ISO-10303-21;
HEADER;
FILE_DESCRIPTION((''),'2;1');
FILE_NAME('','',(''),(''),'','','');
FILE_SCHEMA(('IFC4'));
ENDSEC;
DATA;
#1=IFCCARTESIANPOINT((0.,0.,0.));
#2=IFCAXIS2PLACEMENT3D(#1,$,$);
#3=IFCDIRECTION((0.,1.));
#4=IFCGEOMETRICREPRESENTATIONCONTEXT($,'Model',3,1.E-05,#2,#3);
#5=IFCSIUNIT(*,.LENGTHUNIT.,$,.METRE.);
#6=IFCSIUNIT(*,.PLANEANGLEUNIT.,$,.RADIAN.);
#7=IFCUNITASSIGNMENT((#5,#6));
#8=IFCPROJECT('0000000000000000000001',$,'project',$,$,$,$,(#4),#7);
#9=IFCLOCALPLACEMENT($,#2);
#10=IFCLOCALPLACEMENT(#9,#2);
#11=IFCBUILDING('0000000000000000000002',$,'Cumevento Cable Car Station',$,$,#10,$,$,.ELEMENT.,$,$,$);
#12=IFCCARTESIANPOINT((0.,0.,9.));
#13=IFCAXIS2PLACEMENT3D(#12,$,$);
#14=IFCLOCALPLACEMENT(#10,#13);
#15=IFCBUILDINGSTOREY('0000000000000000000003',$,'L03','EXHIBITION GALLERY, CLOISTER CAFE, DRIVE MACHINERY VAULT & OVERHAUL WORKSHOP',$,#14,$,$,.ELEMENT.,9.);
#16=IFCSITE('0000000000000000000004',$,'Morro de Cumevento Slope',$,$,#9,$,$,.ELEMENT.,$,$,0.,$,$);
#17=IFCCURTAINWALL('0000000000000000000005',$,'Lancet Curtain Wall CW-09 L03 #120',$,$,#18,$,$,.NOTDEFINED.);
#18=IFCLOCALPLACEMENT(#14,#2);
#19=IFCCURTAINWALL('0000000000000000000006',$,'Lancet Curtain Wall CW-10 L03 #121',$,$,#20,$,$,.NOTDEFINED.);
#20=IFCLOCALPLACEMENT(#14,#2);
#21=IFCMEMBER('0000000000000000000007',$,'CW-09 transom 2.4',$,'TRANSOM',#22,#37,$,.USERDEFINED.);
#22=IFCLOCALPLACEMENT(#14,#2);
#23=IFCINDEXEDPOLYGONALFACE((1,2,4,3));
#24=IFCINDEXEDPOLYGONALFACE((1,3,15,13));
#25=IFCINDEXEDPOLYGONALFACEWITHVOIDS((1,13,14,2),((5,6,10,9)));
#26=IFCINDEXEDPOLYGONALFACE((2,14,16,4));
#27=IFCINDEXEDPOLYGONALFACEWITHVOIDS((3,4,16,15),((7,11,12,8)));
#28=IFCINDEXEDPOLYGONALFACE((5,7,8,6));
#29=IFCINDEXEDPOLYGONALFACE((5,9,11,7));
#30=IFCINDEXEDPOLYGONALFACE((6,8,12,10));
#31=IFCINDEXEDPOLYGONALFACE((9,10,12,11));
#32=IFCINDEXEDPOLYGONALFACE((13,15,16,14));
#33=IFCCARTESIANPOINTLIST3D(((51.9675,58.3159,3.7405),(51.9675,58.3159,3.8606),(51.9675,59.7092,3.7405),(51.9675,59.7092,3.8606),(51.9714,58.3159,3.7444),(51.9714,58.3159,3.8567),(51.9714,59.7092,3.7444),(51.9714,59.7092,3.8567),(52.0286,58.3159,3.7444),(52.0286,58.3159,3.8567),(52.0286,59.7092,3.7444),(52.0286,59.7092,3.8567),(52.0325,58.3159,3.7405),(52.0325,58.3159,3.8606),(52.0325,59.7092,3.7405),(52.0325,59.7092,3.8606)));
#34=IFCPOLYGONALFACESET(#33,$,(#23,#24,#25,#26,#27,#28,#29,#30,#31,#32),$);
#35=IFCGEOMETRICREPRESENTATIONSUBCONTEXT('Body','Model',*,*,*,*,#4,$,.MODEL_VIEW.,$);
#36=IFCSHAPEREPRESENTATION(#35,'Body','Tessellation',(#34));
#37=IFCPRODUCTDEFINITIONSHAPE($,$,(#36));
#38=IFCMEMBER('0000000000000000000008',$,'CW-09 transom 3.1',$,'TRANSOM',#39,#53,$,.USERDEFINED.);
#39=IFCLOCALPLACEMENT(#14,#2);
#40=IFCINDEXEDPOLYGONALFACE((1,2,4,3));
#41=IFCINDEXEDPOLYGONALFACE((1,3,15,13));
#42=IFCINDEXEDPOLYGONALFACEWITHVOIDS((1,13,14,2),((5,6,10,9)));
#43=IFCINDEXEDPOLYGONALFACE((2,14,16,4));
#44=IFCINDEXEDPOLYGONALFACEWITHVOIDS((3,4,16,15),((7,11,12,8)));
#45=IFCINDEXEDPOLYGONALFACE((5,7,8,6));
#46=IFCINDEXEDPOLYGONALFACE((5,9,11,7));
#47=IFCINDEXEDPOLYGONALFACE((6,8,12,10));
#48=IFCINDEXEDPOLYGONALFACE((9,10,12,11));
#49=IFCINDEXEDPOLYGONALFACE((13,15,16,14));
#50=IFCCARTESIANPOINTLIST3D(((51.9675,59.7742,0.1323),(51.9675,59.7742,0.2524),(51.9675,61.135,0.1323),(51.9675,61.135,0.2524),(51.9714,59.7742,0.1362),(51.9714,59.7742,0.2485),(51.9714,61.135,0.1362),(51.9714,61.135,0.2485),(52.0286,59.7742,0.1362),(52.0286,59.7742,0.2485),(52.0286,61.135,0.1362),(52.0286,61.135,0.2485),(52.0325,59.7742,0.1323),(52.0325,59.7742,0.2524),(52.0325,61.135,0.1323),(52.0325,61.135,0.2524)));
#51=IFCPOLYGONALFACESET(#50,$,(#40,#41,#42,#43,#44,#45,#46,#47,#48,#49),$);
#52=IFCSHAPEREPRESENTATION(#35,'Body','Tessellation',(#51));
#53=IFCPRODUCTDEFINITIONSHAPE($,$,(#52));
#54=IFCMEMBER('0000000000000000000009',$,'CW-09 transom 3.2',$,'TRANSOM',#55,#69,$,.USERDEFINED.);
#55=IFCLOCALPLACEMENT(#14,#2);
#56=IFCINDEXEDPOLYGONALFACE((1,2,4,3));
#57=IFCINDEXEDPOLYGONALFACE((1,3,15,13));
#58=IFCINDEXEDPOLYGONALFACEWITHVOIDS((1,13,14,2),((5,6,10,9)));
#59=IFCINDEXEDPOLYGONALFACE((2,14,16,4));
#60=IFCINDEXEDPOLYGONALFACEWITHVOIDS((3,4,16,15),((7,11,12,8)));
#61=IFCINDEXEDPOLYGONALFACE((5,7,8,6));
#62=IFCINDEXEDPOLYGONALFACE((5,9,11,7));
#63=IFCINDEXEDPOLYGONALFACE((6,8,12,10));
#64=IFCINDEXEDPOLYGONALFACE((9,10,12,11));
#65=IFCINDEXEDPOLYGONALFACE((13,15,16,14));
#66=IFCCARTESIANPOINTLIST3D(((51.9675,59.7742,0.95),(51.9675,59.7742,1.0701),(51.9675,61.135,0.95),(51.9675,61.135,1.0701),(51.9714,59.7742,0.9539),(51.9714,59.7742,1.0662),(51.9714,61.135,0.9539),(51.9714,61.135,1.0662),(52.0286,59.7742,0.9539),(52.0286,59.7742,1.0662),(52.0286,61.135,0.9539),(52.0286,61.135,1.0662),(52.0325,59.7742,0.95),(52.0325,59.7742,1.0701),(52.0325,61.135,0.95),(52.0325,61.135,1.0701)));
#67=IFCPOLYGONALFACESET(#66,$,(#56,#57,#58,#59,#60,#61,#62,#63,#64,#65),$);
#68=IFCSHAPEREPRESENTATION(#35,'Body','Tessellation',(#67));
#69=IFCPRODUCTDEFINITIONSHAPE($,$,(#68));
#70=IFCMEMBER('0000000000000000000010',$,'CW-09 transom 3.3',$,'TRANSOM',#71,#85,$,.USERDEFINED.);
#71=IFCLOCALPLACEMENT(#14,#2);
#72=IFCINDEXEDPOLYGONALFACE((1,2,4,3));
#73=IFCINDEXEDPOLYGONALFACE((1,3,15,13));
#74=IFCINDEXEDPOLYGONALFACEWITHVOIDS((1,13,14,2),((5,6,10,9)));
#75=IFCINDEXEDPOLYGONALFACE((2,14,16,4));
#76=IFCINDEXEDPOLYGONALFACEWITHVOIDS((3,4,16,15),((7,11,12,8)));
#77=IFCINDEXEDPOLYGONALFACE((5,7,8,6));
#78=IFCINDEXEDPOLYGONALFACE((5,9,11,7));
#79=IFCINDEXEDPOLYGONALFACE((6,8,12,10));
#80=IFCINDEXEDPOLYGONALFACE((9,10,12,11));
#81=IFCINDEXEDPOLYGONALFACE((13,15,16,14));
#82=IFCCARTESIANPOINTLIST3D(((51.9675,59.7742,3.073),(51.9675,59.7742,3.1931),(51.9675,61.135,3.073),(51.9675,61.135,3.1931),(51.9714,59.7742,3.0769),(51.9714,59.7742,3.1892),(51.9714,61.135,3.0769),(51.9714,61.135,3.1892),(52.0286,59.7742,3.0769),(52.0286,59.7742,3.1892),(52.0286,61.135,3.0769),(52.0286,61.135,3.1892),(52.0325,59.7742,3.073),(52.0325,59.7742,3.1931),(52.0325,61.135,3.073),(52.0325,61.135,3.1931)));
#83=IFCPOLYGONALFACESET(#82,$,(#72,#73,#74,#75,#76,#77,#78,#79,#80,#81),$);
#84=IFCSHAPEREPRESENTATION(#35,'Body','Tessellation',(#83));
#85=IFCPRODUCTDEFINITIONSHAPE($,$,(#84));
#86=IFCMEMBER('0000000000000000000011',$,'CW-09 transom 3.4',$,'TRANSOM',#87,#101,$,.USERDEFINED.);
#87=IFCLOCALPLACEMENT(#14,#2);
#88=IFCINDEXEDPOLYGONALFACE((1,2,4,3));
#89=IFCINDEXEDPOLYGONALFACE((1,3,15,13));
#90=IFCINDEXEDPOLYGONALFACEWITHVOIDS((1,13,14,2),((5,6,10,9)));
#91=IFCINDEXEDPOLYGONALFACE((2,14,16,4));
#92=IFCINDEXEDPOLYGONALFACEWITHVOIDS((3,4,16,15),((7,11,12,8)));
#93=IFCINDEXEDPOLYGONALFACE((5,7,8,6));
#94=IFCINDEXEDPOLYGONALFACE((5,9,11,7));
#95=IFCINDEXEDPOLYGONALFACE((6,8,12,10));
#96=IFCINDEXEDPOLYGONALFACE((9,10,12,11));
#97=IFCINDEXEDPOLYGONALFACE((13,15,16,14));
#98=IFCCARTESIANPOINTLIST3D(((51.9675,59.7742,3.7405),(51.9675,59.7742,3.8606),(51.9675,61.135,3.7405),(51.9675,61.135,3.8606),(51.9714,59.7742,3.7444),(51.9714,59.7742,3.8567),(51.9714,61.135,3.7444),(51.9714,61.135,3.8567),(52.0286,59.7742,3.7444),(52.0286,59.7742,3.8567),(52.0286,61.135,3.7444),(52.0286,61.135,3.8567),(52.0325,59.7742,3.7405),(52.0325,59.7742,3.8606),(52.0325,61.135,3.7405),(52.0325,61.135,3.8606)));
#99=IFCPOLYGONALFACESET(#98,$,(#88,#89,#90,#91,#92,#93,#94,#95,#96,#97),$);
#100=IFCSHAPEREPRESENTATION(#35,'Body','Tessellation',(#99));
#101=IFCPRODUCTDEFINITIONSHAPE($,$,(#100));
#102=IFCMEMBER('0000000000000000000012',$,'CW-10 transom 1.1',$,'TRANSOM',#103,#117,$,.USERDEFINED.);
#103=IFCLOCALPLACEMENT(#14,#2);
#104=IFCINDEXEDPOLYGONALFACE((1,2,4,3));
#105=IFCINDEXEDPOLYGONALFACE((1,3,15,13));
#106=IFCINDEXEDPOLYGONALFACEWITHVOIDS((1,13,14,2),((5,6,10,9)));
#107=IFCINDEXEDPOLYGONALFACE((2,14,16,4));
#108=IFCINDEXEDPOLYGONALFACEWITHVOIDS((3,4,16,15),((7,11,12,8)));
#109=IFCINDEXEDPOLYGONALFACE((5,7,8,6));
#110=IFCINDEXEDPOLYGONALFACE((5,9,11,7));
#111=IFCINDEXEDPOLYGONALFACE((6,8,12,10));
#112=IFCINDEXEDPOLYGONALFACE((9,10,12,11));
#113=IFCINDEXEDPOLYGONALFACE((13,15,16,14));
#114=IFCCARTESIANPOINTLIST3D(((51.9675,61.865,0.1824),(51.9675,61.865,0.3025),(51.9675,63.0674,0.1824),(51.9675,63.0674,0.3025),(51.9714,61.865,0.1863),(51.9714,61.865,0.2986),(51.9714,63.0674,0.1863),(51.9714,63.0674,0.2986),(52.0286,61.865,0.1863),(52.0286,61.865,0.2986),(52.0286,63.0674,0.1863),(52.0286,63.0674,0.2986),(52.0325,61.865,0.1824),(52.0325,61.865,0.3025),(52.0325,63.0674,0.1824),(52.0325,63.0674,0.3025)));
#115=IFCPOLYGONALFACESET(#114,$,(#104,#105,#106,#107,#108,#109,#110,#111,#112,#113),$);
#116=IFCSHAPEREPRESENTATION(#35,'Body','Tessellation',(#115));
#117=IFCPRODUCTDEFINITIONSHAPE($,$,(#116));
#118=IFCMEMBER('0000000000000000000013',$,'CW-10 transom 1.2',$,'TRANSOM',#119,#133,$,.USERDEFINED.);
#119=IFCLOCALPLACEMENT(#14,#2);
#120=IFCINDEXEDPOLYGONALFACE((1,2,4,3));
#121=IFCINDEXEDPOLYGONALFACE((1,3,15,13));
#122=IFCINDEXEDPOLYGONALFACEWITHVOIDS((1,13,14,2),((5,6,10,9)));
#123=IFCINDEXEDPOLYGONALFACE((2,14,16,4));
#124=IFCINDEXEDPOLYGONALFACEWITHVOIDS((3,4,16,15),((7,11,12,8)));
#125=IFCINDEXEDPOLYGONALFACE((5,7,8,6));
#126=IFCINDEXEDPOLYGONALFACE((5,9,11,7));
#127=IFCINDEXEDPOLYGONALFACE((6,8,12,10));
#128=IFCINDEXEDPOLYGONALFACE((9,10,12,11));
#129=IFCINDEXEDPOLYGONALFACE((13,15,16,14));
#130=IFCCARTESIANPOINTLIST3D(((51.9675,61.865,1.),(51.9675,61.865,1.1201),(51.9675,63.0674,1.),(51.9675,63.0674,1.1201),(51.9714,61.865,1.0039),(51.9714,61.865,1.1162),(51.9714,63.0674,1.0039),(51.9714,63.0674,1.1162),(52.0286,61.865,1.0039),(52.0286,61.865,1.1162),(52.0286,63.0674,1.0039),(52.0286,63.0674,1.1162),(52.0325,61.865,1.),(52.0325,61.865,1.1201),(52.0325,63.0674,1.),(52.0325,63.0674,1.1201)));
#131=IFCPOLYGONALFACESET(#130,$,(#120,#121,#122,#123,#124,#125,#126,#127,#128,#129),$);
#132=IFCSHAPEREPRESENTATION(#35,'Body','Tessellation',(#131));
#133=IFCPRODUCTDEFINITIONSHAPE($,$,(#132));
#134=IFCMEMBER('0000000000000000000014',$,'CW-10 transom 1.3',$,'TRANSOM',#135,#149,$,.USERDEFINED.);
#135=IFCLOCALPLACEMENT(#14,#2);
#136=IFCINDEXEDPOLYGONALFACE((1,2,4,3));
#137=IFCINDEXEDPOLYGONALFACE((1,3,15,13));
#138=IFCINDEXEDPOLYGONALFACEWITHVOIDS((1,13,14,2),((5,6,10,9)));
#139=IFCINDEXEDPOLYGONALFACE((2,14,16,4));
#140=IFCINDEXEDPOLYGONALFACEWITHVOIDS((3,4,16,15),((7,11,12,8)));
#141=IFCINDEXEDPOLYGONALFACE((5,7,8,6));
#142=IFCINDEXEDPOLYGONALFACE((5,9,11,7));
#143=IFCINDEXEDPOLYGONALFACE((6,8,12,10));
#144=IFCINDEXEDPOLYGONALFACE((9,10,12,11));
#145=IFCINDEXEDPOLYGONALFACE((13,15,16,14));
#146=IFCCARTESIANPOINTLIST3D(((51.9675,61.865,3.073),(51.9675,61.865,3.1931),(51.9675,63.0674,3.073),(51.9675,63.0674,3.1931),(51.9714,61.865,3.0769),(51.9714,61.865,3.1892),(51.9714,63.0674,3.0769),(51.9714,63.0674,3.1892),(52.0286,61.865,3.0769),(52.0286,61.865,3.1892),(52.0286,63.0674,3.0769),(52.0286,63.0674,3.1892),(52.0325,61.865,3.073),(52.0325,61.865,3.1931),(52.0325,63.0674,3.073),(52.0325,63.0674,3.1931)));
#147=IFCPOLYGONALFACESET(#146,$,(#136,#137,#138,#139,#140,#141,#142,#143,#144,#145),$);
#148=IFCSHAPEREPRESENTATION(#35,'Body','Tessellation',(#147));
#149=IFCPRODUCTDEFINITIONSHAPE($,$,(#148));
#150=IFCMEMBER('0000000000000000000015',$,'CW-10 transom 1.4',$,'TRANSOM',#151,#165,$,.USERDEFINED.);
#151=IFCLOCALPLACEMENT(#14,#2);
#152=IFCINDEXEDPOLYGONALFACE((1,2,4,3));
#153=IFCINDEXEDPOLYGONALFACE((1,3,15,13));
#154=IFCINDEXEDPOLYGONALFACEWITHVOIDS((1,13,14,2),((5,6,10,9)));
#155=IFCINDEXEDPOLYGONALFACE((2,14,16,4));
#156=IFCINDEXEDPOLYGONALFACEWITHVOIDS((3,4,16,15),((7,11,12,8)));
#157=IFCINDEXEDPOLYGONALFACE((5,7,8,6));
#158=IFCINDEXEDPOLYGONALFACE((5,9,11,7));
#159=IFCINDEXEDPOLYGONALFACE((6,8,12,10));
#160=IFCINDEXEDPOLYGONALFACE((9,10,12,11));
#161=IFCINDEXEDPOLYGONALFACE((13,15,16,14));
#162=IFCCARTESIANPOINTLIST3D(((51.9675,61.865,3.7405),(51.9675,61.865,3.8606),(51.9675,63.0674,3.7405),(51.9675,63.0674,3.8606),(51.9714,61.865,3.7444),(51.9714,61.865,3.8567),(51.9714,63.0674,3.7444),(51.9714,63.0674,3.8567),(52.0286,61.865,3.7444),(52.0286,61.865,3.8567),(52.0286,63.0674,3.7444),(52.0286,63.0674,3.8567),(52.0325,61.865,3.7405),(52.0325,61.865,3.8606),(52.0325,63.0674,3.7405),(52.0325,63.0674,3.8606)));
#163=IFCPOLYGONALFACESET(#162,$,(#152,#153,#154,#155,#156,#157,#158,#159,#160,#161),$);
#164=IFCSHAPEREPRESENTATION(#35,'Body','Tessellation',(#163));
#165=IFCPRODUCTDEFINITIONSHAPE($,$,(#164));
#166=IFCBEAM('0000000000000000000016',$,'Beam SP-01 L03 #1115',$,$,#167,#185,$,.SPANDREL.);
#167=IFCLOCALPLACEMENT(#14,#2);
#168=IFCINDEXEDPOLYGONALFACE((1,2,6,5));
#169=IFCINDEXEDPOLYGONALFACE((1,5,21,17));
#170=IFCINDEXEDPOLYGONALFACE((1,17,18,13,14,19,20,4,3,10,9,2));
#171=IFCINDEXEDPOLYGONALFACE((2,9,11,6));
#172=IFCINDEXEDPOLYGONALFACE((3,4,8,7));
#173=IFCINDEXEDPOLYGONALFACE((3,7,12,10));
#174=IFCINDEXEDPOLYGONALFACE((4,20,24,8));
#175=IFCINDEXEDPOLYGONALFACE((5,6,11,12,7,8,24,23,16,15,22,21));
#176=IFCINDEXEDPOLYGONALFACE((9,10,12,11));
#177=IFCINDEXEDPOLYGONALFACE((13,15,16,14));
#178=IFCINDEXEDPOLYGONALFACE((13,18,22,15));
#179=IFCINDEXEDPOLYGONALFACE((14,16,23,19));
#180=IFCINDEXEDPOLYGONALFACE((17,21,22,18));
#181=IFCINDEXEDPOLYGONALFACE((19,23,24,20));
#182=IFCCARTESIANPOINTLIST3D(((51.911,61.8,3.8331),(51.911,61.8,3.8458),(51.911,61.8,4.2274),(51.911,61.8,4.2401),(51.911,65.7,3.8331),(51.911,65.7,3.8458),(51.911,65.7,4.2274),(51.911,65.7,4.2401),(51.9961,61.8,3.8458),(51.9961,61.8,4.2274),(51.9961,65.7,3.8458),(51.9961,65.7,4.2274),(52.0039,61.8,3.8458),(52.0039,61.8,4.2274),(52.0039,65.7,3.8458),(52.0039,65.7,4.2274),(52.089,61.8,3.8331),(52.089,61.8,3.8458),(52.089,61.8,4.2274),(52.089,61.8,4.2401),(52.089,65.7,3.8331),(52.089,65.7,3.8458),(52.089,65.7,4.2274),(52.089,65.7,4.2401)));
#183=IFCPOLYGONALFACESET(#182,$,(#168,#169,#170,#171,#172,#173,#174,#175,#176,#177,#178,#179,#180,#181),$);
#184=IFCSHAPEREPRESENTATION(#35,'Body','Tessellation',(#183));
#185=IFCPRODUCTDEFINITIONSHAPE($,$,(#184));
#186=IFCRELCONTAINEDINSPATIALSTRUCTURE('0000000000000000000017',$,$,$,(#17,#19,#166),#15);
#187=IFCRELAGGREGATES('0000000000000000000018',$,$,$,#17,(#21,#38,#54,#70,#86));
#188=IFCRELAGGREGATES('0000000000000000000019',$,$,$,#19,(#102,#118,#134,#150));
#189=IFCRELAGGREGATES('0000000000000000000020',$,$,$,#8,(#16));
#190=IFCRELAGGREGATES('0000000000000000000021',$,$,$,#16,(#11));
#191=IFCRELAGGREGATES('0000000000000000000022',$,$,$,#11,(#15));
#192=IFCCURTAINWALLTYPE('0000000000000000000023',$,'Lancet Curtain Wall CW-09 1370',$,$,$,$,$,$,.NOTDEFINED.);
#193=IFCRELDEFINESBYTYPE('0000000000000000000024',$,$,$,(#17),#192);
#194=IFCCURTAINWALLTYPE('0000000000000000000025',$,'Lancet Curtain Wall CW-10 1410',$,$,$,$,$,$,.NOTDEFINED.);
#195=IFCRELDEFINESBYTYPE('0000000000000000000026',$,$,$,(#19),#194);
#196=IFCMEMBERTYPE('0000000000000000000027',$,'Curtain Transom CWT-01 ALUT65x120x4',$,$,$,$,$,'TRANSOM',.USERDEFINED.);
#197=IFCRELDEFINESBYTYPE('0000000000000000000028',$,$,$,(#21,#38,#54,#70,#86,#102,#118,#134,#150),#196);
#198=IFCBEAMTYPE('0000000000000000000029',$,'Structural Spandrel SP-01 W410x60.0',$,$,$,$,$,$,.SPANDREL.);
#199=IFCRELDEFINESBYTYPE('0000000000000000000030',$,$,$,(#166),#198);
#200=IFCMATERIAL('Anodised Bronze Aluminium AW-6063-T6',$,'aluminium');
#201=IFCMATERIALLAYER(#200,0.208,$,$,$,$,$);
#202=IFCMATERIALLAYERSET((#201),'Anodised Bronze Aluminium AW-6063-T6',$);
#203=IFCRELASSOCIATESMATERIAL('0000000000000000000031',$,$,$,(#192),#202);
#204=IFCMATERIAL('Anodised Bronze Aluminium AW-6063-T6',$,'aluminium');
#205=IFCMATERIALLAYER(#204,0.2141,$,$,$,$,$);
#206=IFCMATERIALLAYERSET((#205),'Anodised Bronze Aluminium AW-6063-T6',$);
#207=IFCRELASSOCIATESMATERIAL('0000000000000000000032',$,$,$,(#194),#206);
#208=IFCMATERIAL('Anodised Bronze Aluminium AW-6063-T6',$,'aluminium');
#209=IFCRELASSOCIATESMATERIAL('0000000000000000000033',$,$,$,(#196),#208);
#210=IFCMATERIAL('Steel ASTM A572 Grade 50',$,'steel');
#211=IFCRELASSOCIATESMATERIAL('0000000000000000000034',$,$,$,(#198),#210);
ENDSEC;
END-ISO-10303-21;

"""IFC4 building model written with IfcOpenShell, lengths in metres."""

from ifc_helpers import new_model, si_unit, direction, frame, origin, origin_2d, place, context, subcontext, project, spatial, hollow_rectangle, i_section, extrude, material, layer, layer_set, material_profile, profile_set, type_object, element, aggregate, save


model = new_model("IFC4")

# Units and contexts
model_context = context("Model", 3, precision=1e-05, world=origin(), true_north=direction((0.0, 1.0)))
body_context = subcontext(model_context, "Body", "Model", "MODEL_VIEW")
ifc_project = project(units=[si_unit("LENGTHUNIT", "METRE"), si_unit("PLANEANGLEUNIT", "RADIAN")], contexts=[model_context])

# Site, building, storey
site_placement = place(None, origin())
site = spatial("IfcSite", under=ifc_project, at=site_placement, Name="Morro de Cumevento Slope", CompositionType="ELEMENT", RefElevation=0.0)
building_placement = place(site_placement, origin())
building = spatial("IfcBuilding", under=site, at=building_placement, Name="Cumevento Cable Car Station", CompositionType="ELEMENT")
storey_placement = place(building_placement, frame((0.0, 0.0, 9.0)))
storey = spatial("IfcBuildingStorey", under=building, at=storey_placement, Name="L03", Description="EXHIBITION GALLERY, CLOISTER CAFE, DRIVE MACHINERY VAULT & OVERHAUL WORKSHOP", CompositionType="ELEMENT", Elevation=9.0)

# Curtain wall
ifc_material_1 = material(Name="Anodised Bronze Aluminium AW-6063-T6", Category="aluminium")
ifc_layer_1 = layer(ifc_material_1, 0.208)
ifc_layer_set_1 = layer_set([ifc_layer_1], Name="Anodised Bronze Aluminium AW-6063-T6")
curtain_wall_type_1 = type_object("IfcCurtainWallType", Name="Lancet Curtain Wall CW-09 1370", PredefinedType="NOTDEFINED", material=ifc_layer_set_1)
curtain_wall_1_placement = place(storey_placement, origin())
curtain_wall_1 = element("IfcCurtainWall", 1, at=curtain_wall_1_placement, inside=storey, type_object=curtain_wall_type_1, Name="Lancet Curtain Wall CW-09 L03 #120", PredefinedType="NOTDEFINED")

# Curtain wall
ifc_material_2 = material(Name="Anodised Bronze Aluminium AW-6063-T6", Category="aluminium")
ifc_layer_2 = layer(ifc_material_2, 0.2141)
ifc_layer_set_2 = layer_set([ifc_layer_2], Name="Anodised Bronze Aluminium AW-6063-T6")
curtain_wall_type_2 = type_object("IfcCurtainWallType", Name="Lancet Curtain Wall CW-10 1410", PredefinedType="NOTDEFINED", material=ifc_layer_set_2)
curtain_wall_2_placement = place(storey_placement, origin())
curtain_wall_2 = element("IfcCurtainWall", 2, at=curtain_wall_2_placement, inside=storey, type_object=curtain_wall_type_2, Name="Lancet Curtain Wall CW-10 L03 #121", PredefinedType="NOTDEFINED")

# Members
ifc_material_3 = material(Name="Anodised Bronze Aluminium AW-6063-T6", Category="aluminium")
ifc_material_profile_1 = material_profile(ifc_material_3, hollow_rectangle(XDim=0.0649, YDim=0.1201, WallThickness=0.0039, at=origin_2d()), Name="ALUT65x120x4")
ifc_profile_set_1 = profile_set([ifc_material_profile_1], Name="Anodised Bronze Aluminium AW-6063-T6")
member_type_1 = type_object("IfcMemberType", Name="Curtain Transom CWT-01 ALUT65x120x4", ElementType="TRANSOM", PredefinedType="USERDEFINED", material=ifc_profile_set_1)
member_1_placement = place(storey_placement, frame((52.0, 58.3159, 3.8005), z_axis=(0.0, 1.0, 0.0), x_axis=(-1.0, 0.0, 0.0)))
member_1 = element("IfcMember", 3, at=member_1_placement, type_object=member_type_1, Name="CW-09 transom 2.4", ObjectType="TRANSOM", PredefinedType="USERDEFINED", context=body_context, shape_type="SweptSolid", body=[
    extrude(hollow_rectangle(XDim=0.0649, YDim=0.1201, WallThickness=0.0039, at=origin_2d()), origin(), (0.0, 0.0, 1.0), 1.3933),
])
member_2_placement = place(storey_placement, frame((52.0, 59.7742, 0.1924), z_axis=(0.0, 1.0, 0.0), x_axis=(-1.0, 0.0, 0.0)))
member_2 = element("IfcMember", 4, at=member_2_placement, type_object=member_type_1, Name="CW-09 transom 3.1", ObjectType="TRANSOM", PredefinedType="USERDEFINED", context=body_context, shape_type="SweptSolid", body=[
    extrude(hollow_rectangle(XDim=0.0649, YDim=0.1201, WallThickness=0.0039, at=origin_2d()), origin(), (0.0, 0.0, 1.0), 1.3608),
])
member_3_placement = place(storey_placement, frame((52.0, 59.7742, 1.01), z_axis=(0.0, 1.0, 0.0), x_axis=(-1.0, 0.0, 0.0)))
member_3 = element("IfcMember", 5, at=member_3_placement, type_object=member_type_1, Name="CW-09 transom 3.2", ObjectType="TRANSOM", PredefinedType="USERDEFINED", context=body_context, shape_type="SweptSolid", body=[
    extrude(hollow_rectangle(XDim=0.0649, YDim=0.1201, WallThickness=0.0039, at=origin_2d()), origin(), (0.0, 0.0, 1.0), 1.3608),
])
member_4_placement = place(storey_placement, frame((52.0, 59.7742, 3.1331), z_axis=(0.0, 1.0, 0.0), x_axis=(-1.0, 0.0, 0.0)))
member_4 = element("IfcMember", 6, at=member_4_placement, type_object=member_type_1, Name="CW-09 transom 3.3", ObjectType="TRANSOM", PredefinedType="USERDEFINED", context=body_context, shape_type="SweptSolid", body=[
    extrude(hollow_rectangle(XDim=0.0649, YDim=0.1201, WallThickness=0.0039, at=origin_2d()), origin(), (0.0, 0.0, 1.0), 1.3608),
])
member_5_placement = place(storey_placement, frame((52.0, 59.7742, 3.8005), z_axis=(0.0, 1.0, 0.0), x_axis=(-1.0, 0.0, 0.0)))
member_5 = element("IfcMember", 7, at=member_5_placement, type_object=member_type_1, Name="CW-09 transom 3.4", ObjectType="TRANSOM", PredefinedType="USERDEFINED", context=body_context, shape_type="SweptSolid", body=[
    extrude(hollow_rectangle(XDim=0.0649, YDim=0.1201, WallThickness=0.0039, at=origin_2d()), origin(), (0.0, 0.0, 1.0), 1.3608),
])
member_6_placement = place(storey_placement, frame((52.0, 61.865, 0.2424), z_axis=(0.0, 1.0, 0.0), x_axis=(-1.0, 0.0, 0.0)))
member_6 = element("IfcMember", 8, at=member_6_placement, type_object=member_type_1, Name="CW-10 transom 1.1", ObjectType="TRANSOM", PredefinedType="USERDEFINED", context=body_context, shape_type="SweptSolid", body=[
    extrude(hollow_rectangle(XDim=0.0649, YDim=0.1201, WallThickness=0.0039, at=origin_2d()), origin(), (0.0, 0.0, 1.0), 1.2024),
])
member_7_placement = place(storey_placement, frame((52.0, 61.865, 1.0601), z_axis=(0.0, 1.0, 0.0), x_axis=(-1.0, 0.0, 0.0)))
member_7 = element("IfcMember", 9, at=member_7_placement, type_object=member_type_1, Name="CW-10 transom 1.2", ObjectType="TRANSOM", PredefinedType="USERDEFINED", context=body_context, shape_type="SweptSolid", body=[
    extrude(hollow_rectangle(XDim=0.0649, YDim=0.1201, WallThickness=0.0039, at=origin_2d()), origin(), (0.0, 0.0, 1.0), 1.2024),
])
member_8_placement = place(storey_placement, frame((52.0, 61.865, 3.1331), z_axis=(0.0, 1.0, 0.0), x_axis=(-1.0, 0.0, 0.0)))
member_8 = element("IfcMember", 10, at=member_8_placement, type_object=member_type_1, Name="CW-10 transom 1.3", ObjectType="TRANSOM", PredefinedType="USERDEFINED", context=body_context, shape_type="SweptSolid", body=[
    extrude(hollow_rectangle(XDim=0.0649, YDim=0.1201, WallThickness=0.0039, at=origin_2d()), origin(), (0.0, 0.0, 1.0), 1.2024),
])
member_9_placement = place(storey_placement, frame((52.0, 61.865, 3.8005), z_axis=(0.0, 1.0, 0.0), x_axis=(-1.0, 0.0, 0.0)))
member_9 = element("IfcMember", 11, at=member_9_placement, type_object=member_type_1, Name="CW-10 transom 1.4", ObjectType="TRANSOM", PredefinedType="USERDEFINED", context=body_context, shape_type="SweptSolid", body=[
    extrude(hollow_rectangle(XDim=0.0649, YDim=0.1201, WallThickness=0.0039, at=origin_2d()), origin(), (0.0, 0.0, 1.0), 1.2024),
])

# Beam
ifc_material_4 = material(Name="Steel ASTM A572 Grade 50", Category="steel")
ifc_material_profile_2 = material_profile(ifc_material_4, i_section(OverallWidth=0.178, OverallDepth=0.407, WebThickness=0.0078, FlangeThickness=0.0127, at=origin_2d()), Name="W410x60.0")
ifc_profile_set_2 = profile_set([ifc_material_profile_2], Name="Steel ASTM A572 Grade 50")
beam_type = type_object("IfcBeamType", Name="Structural Spandrel SP-01 W410x60.0", PredefinedType="SPANDREL", material=ifc_profile_set_2)
beam_placement = place(storey_placement, frame((52.0, 61.8, 4.0366), z_axis=(0.0, 1.0, 0.0), x_axis=(-1.0, 0.0, 0.0)))
element("IfcBeam", 12, at=beam_placement, inside=storey, type_object=beam_type, Name="Beam SP-01 L03 #1115", PredefinedType="SPANDREL", context=body_context, shape_type="SweptSolid", body=[
    extrude(i_section(OverallWidth=0.178, OverallDepth=0.407, WebThickness=0.0078, FlangeThickness=0.0127, at=origin_2d()), origin(), (0.0, 0.0, 1.0), 3.8999),
])

aggregate(curtain_wall_1, [member_1, member_2, member_3, member_4, member_5])
aggregate(curtain_wall_2, [member_6, member_7, member_8, member_9])

save(model, "model.ifc")
